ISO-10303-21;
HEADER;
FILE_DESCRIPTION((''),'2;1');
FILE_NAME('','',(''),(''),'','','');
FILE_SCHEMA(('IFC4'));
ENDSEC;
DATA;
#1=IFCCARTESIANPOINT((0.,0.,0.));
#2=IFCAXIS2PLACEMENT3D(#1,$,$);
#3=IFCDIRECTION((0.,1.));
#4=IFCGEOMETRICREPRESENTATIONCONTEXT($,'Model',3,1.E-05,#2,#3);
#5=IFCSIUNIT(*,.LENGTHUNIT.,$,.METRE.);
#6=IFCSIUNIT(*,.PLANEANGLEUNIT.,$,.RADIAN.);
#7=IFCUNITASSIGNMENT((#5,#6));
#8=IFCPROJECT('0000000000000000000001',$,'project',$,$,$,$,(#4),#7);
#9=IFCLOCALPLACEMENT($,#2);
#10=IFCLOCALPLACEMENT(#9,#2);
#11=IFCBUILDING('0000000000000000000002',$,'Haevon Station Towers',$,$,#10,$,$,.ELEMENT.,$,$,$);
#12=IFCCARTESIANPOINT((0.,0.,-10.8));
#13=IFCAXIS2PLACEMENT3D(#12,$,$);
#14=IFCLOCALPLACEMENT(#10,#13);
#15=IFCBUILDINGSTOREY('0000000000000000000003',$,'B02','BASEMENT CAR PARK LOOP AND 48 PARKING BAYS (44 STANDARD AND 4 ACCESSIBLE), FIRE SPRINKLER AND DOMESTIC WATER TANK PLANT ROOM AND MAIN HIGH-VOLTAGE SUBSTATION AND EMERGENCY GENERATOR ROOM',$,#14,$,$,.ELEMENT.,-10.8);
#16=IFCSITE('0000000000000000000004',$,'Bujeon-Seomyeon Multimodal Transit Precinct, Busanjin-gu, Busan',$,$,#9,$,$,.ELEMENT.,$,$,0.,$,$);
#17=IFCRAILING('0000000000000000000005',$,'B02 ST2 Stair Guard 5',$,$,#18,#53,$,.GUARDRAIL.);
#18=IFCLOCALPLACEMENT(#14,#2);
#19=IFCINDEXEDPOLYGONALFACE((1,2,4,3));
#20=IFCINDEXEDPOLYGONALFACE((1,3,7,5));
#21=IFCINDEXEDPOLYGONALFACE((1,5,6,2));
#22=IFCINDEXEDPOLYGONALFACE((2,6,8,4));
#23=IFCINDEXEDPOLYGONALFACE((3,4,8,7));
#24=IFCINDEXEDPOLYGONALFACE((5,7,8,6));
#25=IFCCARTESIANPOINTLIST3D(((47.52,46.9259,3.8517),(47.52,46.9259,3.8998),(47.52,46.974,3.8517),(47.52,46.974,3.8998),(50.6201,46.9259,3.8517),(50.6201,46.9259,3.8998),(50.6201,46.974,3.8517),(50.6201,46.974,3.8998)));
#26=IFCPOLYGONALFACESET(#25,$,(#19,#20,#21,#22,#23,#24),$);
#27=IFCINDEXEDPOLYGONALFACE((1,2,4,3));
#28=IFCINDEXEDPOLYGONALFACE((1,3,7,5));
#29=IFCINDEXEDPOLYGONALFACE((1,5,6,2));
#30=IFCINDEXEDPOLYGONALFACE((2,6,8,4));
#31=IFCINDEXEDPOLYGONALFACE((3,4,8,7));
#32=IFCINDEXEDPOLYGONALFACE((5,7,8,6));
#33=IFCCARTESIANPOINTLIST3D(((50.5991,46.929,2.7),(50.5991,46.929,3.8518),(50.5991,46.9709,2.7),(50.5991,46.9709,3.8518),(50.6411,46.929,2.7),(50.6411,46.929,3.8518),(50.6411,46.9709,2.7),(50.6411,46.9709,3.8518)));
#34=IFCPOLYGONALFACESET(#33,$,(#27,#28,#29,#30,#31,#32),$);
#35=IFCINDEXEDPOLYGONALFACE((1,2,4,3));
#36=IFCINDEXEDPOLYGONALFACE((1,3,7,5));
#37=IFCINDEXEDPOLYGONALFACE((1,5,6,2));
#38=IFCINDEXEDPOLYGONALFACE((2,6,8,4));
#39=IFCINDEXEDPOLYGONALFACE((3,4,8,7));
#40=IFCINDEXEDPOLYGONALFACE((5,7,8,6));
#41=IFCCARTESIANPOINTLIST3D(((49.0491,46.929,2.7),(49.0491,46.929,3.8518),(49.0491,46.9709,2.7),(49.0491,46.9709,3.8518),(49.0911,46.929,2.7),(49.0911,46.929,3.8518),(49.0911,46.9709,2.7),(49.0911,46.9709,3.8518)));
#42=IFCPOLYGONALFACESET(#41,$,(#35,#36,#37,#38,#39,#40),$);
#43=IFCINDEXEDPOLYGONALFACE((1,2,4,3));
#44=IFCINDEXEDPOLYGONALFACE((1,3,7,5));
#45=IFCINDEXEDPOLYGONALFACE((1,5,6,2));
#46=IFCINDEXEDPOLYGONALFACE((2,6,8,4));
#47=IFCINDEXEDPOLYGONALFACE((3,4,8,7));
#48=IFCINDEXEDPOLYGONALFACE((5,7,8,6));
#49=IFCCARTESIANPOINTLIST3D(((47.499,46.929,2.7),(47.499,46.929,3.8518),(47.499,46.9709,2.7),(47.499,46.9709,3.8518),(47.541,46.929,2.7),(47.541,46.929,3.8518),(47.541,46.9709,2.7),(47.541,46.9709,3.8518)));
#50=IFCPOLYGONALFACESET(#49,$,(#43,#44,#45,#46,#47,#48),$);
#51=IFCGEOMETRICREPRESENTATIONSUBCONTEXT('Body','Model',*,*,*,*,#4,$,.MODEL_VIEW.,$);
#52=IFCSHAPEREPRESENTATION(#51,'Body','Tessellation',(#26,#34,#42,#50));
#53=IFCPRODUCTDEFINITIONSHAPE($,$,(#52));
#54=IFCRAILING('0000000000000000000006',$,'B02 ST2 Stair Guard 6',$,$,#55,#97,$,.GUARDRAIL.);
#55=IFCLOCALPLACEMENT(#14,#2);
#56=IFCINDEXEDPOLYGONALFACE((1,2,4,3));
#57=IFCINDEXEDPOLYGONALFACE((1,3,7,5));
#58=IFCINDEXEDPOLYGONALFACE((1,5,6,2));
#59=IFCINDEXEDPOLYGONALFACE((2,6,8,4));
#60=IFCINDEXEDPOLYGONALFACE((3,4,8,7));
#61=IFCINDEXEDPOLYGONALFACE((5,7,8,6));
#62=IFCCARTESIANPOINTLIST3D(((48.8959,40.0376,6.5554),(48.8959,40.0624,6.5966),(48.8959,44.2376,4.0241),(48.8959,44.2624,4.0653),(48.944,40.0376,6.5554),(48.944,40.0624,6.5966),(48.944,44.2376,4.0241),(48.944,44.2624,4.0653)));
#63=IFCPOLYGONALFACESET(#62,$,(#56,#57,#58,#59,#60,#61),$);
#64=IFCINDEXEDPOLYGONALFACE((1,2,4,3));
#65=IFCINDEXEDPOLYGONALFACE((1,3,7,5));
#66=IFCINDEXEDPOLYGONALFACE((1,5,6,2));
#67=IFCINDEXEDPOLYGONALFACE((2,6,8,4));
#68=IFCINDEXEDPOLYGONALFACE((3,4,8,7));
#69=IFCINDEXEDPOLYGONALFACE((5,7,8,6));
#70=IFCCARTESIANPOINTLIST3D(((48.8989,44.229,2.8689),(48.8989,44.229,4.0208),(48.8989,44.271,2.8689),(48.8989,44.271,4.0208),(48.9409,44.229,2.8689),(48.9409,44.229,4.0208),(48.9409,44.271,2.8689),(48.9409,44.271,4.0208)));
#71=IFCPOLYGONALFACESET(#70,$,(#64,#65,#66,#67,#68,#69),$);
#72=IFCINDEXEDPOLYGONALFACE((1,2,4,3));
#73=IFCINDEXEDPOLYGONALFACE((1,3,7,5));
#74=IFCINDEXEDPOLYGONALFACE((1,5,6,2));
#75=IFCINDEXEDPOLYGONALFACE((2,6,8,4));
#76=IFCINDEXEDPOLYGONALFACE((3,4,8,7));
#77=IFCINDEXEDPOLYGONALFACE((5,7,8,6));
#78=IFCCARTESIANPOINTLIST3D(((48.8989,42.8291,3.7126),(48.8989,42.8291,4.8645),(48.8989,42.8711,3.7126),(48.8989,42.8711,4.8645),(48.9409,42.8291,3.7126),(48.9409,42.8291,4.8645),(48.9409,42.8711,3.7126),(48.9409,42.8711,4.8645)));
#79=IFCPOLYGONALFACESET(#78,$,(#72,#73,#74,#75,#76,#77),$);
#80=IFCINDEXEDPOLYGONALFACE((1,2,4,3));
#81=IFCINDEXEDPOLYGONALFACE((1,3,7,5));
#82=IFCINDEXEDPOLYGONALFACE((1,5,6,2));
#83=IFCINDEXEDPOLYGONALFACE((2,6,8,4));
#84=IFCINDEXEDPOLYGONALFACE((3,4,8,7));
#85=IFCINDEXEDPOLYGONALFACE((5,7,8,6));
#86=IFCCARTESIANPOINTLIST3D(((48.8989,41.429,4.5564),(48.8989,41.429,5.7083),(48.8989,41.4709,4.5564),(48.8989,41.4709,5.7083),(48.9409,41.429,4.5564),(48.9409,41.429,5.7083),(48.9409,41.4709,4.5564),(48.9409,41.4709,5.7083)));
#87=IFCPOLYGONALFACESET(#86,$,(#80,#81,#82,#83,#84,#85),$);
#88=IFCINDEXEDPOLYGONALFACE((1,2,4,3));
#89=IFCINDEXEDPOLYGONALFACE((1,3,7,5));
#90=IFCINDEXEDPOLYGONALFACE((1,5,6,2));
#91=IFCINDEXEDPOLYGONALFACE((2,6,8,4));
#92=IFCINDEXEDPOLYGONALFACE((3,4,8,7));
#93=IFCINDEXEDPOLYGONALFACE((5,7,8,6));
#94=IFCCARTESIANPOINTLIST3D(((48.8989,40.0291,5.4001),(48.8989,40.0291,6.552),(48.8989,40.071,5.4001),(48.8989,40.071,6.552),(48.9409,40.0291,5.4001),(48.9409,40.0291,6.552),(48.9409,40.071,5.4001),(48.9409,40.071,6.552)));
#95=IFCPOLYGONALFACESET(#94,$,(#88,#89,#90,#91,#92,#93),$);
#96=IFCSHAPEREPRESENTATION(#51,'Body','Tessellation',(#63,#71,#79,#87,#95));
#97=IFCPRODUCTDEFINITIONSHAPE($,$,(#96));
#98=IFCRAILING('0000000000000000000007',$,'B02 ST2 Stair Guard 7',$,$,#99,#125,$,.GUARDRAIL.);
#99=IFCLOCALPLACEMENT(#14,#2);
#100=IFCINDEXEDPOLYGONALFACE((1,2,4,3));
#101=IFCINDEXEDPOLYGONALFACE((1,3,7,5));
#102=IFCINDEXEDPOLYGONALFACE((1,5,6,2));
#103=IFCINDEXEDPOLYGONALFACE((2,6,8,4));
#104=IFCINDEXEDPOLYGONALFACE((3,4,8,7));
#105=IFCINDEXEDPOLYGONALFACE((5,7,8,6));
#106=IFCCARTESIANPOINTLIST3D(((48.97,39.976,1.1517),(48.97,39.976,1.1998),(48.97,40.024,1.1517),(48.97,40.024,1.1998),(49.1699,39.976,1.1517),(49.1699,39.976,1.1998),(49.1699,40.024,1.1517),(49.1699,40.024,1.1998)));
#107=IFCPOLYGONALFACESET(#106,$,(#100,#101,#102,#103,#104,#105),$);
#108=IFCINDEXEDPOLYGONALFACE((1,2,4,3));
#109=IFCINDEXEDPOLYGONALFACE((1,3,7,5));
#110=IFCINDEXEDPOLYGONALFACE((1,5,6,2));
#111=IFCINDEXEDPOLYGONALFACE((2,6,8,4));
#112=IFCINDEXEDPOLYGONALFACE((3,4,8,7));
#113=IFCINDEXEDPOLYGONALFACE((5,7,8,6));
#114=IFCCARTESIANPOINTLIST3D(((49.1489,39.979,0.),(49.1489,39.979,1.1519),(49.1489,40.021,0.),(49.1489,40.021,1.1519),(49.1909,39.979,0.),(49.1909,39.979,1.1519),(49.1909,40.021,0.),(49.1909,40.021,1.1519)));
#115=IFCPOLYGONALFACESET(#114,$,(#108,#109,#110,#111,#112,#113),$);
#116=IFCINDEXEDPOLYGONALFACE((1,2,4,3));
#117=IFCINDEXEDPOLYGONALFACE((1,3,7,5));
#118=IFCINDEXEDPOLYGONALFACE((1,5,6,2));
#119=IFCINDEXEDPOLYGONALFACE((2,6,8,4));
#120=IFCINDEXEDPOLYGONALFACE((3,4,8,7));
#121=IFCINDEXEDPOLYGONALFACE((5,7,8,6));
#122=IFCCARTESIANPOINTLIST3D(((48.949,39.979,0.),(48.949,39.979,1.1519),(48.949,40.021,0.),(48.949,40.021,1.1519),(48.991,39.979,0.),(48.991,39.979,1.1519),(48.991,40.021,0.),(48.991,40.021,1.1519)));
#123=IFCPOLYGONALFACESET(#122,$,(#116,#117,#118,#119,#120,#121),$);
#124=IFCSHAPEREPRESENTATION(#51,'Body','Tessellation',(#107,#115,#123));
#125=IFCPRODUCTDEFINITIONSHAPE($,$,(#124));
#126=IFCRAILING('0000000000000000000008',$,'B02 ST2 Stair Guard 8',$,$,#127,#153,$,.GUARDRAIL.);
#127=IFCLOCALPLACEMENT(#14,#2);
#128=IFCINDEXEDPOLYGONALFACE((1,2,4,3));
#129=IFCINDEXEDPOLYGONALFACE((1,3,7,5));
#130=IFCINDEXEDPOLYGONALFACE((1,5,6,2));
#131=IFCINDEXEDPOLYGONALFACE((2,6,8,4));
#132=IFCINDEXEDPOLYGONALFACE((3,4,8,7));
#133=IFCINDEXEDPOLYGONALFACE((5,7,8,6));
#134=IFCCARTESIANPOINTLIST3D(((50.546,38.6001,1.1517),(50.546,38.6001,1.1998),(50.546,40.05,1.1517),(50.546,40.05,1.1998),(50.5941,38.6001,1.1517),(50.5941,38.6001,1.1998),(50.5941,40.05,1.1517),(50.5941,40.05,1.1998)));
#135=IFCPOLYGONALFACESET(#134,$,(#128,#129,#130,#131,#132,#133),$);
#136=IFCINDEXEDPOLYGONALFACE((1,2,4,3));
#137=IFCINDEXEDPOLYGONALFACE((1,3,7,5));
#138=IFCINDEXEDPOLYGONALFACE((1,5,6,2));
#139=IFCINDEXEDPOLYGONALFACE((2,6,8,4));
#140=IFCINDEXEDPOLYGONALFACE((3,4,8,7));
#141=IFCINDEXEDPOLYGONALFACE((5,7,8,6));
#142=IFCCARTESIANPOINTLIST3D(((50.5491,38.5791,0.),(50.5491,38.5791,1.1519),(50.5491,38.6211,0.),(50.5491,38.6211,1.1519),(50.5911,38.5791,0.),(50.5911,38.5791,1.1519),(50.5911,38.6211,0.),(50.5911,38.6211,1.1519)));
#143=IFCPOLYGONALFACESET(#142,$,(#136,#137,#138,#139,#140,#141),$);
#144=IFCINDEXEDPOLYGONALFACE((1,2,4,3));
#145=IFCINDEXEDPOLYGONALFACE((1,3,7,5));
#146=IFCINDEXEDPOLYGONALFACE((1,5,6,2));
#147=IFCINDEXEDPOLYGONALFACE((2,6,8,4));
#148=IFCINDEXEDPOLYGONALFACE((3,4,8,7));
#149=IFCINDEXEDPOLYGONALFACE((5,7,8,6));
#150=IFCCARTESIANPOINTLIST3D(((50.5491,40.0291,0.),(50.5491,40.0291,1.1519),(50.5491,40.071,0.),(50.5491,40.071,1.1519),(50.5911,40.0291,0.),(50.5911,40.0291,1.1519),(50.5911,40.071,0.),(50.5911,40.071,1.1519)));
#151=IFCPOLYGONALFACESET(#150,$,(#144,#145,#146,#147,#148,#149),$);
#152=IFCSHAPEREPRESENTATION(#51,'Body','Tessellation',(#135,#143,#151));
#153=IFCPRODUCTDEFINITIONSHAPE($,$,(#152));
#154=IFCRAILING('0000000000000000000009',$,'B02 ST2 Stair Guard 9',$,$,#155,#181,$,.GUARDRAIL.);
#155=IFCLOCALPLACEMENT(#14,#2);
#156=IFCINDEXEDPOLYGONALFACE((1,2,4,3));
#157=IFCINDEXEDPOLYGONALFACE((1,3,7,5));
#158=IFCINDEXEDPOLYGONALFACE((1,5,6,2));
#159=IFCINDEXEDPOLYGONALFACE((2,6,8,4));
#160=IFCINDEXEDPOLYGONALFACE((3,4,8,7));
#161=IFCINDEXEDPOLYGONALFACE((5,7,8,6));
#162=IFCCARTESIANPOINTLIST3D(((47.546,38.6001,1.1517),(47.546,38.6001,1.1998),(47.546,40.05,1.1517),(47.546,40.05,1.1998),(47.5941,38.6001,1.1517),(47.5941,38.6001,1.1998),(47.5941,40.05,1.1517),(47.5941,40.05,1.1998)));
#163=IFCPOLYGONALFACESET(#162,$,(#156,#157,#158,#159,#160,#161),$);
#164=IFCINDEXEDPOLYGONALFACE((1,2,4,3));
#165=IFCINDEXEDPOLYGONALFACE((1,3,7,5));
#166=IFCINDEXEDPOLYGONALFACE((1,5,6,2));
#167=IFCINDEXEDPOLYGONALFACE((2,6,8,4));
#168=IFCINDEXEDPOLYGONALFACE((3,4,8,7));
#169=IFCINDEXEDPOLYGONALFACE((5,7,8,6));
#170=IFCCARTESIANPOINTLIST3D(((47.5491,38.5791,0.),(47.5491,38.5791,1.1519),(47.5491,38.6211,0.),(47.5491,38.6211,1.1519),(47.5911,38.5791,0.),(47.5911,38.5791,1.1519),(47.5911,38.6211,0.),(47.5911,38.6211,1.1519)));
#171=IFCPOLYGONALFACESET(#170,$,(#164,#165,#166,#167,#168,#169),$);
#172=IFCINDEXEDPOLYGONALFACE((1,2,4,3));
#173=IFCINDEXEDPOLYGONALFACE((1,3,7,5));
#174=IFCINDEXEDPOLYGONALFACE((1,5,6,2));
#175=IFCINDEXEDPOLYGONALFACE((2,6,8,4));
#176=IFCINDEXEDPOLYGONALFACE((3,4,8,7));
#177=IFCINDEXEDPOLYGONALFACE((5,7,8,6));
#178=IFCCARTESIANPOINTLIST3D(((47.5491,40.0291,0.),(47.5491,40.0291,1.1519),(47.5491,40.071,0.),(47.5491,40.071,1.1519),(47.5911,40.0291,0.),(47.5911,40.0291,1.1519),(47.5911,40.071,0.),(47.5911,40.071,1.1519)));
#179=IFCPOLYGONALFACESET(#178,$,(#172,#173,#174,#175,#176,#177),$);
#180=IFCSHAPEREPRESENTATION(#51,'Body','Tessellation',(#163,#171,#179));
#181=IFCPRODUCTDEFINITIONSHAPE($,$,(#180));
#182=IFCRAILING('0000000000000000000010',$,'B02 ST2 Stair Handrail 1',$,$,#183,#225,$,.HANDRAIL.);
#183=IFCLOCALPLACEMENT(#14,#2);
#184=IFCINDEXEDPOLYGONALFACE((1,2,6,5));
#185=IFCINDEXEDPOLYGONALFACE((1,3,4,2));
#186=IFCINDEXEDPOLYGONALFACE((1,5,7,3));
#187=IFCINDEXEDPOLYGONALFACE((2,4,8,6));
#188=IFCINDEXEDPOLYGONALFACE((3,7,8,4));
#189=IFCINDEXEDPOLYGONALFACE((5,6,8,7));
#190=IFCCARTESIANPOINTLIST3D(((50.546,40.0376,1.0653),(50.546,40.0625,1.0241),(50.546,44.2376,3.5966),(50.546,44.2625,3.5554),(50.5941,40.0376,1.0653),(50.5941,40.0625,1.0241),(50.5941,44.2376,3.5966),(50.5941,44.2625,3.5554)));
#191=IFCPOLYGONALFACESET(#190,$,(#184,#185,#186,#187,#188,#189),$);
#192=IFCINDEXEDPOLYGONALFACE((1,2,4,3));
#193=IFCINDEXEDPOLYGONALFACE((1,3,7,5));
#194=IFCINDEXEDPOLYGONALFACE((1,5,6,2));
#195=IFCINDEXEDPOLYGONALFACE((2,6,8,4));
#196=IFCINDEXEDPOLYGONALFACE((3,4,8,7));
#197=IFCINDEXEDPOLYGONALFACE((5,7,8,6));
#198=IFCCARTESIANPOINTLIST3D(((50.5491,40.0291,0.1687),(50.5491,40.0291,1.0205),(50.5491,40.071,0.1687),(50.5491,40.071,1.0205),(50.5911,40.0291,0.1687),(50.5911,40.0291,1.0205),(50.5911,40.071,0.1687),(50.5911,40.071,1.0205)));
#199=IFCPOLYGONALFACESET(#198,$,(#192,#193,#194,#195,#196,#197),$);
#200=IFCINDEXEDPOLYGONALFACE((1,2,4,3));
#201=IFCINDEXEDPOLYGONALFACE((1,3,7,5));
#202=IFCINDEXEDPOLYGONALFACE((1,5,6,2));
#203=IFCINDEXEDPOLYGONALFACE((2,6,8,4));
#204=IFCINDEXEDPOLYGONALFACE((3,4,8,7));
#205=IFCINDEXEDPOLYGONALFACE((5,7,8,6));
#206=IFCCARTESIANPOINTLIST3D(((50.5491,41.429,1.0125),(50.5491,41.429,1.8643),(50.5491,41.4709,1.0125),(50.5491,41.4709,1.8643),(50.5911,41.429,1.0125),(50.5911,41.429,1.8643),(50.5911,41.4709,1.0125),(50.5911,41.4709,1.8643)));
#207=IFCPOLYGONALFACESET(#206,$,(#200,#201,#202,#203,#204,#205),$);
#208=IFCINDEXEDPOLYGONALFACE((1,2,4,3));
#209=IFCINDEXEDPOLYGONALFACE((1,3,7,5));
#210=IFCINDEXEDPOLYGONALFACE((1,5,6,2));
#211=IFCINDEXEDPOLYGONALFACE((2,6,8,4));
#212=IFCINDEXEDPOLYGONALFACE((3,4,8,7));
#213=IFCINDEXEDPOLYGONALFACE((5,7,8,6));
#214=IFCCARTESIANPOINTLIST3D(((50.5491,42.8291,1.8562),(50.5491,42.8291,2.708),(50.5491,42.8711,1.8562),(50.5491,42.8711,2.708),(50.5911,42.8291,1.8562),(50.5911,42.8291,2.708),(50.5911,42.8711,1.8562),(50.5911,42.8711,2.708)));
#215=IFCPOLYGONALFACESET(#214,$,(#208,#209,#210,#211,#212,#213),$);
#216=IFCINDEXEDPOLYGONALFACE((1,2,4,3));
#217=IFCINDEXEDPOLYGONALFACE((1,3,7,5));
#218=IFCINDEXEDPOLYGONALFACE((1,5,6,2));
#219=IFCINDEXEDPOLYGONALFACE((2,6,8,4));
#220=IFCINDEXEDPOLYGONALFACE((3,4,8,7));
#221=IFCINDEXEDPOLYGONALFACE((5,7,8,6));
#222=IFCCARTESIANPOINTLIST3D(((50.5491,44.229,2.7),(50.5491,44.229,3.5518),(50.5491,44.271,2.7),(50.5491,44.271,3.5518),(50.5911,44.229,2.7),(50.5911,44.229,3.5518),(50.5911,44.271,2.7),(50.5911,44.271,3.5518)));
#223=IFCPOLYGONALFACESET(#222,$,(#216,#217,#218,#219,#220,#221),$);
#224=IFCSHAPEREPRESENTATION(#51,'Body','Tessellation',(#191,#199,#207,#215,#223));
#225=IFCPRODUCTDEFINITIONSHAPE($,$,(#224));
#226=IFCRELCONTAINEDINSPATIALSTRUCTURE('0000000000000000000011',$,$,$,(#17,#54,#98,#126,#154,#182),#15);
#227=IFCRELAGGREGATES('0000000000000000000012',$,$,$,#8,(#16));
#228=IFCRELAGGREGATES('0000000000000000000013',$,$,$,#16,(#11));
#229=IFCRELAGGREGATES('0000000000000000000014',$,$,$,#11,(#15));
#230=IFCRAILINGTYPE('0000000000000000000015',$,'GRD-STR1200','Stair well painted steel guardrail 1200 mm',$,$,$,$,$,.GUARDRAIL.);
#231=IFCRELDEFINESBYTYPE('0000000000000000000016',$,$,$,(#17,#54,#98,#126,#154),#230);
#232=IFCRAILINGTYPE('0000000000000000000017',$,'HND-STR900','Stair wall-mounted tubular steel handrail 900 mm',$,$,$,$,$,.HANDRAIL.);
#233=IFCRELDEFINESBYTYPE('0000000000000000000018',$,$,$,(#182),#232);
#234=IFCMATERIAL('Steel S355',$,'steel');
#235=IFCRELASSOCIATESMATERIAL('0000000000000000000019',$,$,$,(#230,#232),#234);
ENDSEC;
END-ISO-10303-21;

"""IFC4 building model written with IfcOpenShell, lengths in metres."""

from ifc_helpers import new_model, si_unit, direction, frame, origin, origin_2d, place, context, subcontext, project, spatial, rectangle, extrude, material, type_object, element, save


model = new_model("IFC4")

# Units and contexts
model_context = context("Model", 3, precision=1e-05, world=origin(), true_north=direction((0.0, 1.0)))
body_context = subcontext(model_context, "Body", "Model", "MODEL_VIEW")
ifc_project = project(units=[si_unit("LENGTHUNIT", "METRE"), si_unit("PLANEANGLEUNIT", "RADIAN")], contexts=[model_context])

# Site, building, storey
site_placement = place(None, origin())
site = spatial("IfcSite", under=ifc_project, at=site_placement, Name="Bujeon-Seomyeon Multimodal Transit Precinct, Busanjin-gu, Busan", CompositionType="ELEMENT", RefElevation=0.0)
building_placement = place(site_placement, origin())
building = spatial("IfcBuilding", under=site, at=building_placement, Name="Haevon Station Towers", CompositionType="ELEMENT")
storey_placement = place(building_placement, frame((0.0, 0.0, -10.8)))
storey = spatial("IfcBuildingStorey", under=building, at=storey_placement, Name="B02", Description="BASEMENT CAR PARK LOOP AND 48 PARKING BAYS (44 STANDARD AND 4 ACCESSIBLE), FIRE SPRINKLER AND DOMESTIC WATER TANK PLANT ROOM AND MAIN HIGH-VOLTAGE SUBSTATION AND EMERGENCY GENERATOR ROOM", CompositionType="ELEMENT", Elevation=-10.8)

# Shared definitions
ifc_material_1 = material(Name="Steel S355", Category="steel")

# Railings
railing_type_1 = type_object("IfcRailingType", Name="GRD-STR1200", Description="Stair well painted steel guardrail 1200 mm", PredefinedType="GUARDRAIL", material=ifc_material_1)
railing_1_placement = place(storey_placement, frame((50.6201, 46.95, 2.7)))
element("IfcRailing", 1, at=railing_1_placement, inside=storey, type_object=railing_type_1, Name="B02 ST2 Stair Guard 5", PredefinedType="GUARDRAIL", context=body_context, shape_type="SweptSolid", body=[
    extrude(rectangle(XDim=0.0481, YDim=0.0481, at=origin_2d()), frame((0.0, 0.0, 1.1758), z_axis=(-1.0, 0.0, 0.0), x_axis=(0.0, -1.0, 0.0)), (0.0, 0.0, 1.0), 3.1001),
    extrude(rectangle(XDim=0.042, YDim=0.042, at=origin_2d()), origin(), (0.0, 0.0, 1.0), 1.1519),
    extrude(rectangle(XDim=0.042, YDim=0.042, at=origin_2d()), frame((-1.55, 0.0, 0.0)), (0.0, 0.0, 1.0), 1.1519),
    extrude(rectangle(XDim=0.042, YDim=0.042, at=origin_2d()), frame((-3.1001, 0.0, 0.0)), (0.0, 0.0, 1.0), 1.1519),
])
railing_2_placement = place(storey_placement, frame((48.9199, 44.25, 2.8689)))
element("IfcRailing", 2, at=railing_2_placement, inside=storey, type_object=railing_type_1, Name="B02 ST2 Stair Guard 6", PredefinedType="GUARDRAIL", context=body_context, shape_type="SweptSolid", body=[
    extrude(rectangle(XDim=0.0481, YDim=0.0481, at=origin_2d()), frame((0.0, 0.0, 1.1758), z_axis=(0.0, -0.856476, 0.516186), x_axis=(1.0, 0.0, 0.0)), (0.0, 0.0, 1.0), 4.9038),
    extrude(rectangle(XDim=0.042, YDim=0.042, at=origin_2d()), origin(), (0.0, 0.0, 1.0), 1.1519),
    extrude(rectangle(XDim=0.042, YDim=0.042, at=origin_2d()), frame((0.0, -1.3999, 0.8438)), (0.0, 0.0, 1.0), 1.1519),
    extrude(rectangle(XDim=0.042, YDim=0.042, at=origin_2d()), frame((0.0, -2.8, 1.6875)), (0.0, 0.0, 1.0), 1.1519),
    extrude(rectangle(XDim=0.042, YDim=0.042, at=origin_2d()), frame((0.0, -4.2, 2.5312)), (0.0, 0.0, 1.0), 1.1519),
])
railing_3_placement = place(storey_placement, frame((49.1699, 40.0, 0.0)))
element("IfcRailing", 3, at=railing_3_placement, inside=storey, type_object=railing_type_1, Name="B02 ST2 Stair Guard 7", PredefinedType="GUARDRAIL", context=body_context, shape_type="SweptSolid", body=[
    extrude(rectangle(XDim=0.0481, YDim=0.0481, at=origin_2d()), frame((0.0, 0.0, 1.1758), z_axis=(-1.0, 0.0, 0.0), x_axis=(0.0, -1.0, 0.0)), (0.0, 0.0, 1.0), 0.2),
    extrude(rectangle(XDim=0.042, YDim=0.042, at=origin_2d()), origin(), (0.0, 0.0, 1.0), 1.1519),
    extrude(rectangle(XDim=0.042, YDim=0.042, at=origin_2d()), frame((-0.2, 0.0, 0.0)), (0.0, 0.0, 1.0), 1.1519),
])
for number, where, name in (
    (4, (50.5701, 38.6001, 0.0), "B02 ST2 Stair Guard 8"),
    (5, (47.5701, 38.6001, 0.0), "B02 ST2 Stair Guard 9"),
):
    element("IfcRailing", number, at=place(storey_placement, frame(where)), inside=storey, type_object=railing_type_1, Name=name, PredefinedType="GUARDRAIL", context=body_context, shape_type="SweptSolid", body=[
        extrude(rectangle(XDim=0.0481, YDim=0.0481, at=origin_2d()), frame((0.0, 0.0, 1.1758), z_axis=(0.0, 1.0, 0.0), x_axis=(-1.0, 0.0, 0.0)), (0.0, 0.0, 1.0), 1.45),
        extrude(rectangle(XDim=0.042, YDim=0.042, at=origin_2d()), origin(), (0.0, 0.0, 1.0), 1.1519),
        extrude(rectangle(XDim=0.042, YDim=0.042, at=origin_2d()), frame((0.0, 1.45, 0.0)), (0.0, 0.0, 1.0), 1.1519),
    ])
railing_type_2 = type_object("IfcRailingType", Name="HND-STR900", Description="Stair wall-mounted tubular steel handrail 900 mm", PredefinedType="HANDRAIL", material=ifc_material_1)
railing_4_placement = place(storey_placement, frame((50.5701, 40.05, 0.1687)))
element("IfcRailing", 6, at=railing_4_placement, inside=storey, type_object=railing_type_2, Name="B02 ST2 Stair Handrail 1", PredefinedType="HANDRAIL", context=body_context, shape_type="SweptSolid", body=[
    extrude(rectangle(XDim=0.0481, YDim=0.0481, at=origin_2d()), frame((0.0, 0.0, 0.876), z_axis=(0.0, 0.856476, 0.516186), x_axis=(-1.0, 0.0, 0.0)), (0.0, 0.0, 1.0), 4.9038),
    extrude(rectangle(XDim=0.042, YDim=0.042, at=origin_2d()), origin(), (0.0, 0.0, 1.0), 0.8518),
    extrude(rectangle(XDim=0.042, YDim=0.042, at=origin_2d()), frame((0.0, 1.3999, 0.8438)), (0.0, 0.0, 1.0), 0.8518),
    extrude(rectangle(XDim=0.042, YDim=0.042, at=origin_2d()), frame((0.0, 2.8, 1.6875)), (0.0, 0.0, 1.0), 0.8518),
    extrude(rectangle(XDim=0.042, YDim=0.042, at=origin_2d()), frame((0.0, 4.2, 2.5312)), (0.0, 0.0, 1.0), 0.8518),
])

save(model, "model.ifc")
